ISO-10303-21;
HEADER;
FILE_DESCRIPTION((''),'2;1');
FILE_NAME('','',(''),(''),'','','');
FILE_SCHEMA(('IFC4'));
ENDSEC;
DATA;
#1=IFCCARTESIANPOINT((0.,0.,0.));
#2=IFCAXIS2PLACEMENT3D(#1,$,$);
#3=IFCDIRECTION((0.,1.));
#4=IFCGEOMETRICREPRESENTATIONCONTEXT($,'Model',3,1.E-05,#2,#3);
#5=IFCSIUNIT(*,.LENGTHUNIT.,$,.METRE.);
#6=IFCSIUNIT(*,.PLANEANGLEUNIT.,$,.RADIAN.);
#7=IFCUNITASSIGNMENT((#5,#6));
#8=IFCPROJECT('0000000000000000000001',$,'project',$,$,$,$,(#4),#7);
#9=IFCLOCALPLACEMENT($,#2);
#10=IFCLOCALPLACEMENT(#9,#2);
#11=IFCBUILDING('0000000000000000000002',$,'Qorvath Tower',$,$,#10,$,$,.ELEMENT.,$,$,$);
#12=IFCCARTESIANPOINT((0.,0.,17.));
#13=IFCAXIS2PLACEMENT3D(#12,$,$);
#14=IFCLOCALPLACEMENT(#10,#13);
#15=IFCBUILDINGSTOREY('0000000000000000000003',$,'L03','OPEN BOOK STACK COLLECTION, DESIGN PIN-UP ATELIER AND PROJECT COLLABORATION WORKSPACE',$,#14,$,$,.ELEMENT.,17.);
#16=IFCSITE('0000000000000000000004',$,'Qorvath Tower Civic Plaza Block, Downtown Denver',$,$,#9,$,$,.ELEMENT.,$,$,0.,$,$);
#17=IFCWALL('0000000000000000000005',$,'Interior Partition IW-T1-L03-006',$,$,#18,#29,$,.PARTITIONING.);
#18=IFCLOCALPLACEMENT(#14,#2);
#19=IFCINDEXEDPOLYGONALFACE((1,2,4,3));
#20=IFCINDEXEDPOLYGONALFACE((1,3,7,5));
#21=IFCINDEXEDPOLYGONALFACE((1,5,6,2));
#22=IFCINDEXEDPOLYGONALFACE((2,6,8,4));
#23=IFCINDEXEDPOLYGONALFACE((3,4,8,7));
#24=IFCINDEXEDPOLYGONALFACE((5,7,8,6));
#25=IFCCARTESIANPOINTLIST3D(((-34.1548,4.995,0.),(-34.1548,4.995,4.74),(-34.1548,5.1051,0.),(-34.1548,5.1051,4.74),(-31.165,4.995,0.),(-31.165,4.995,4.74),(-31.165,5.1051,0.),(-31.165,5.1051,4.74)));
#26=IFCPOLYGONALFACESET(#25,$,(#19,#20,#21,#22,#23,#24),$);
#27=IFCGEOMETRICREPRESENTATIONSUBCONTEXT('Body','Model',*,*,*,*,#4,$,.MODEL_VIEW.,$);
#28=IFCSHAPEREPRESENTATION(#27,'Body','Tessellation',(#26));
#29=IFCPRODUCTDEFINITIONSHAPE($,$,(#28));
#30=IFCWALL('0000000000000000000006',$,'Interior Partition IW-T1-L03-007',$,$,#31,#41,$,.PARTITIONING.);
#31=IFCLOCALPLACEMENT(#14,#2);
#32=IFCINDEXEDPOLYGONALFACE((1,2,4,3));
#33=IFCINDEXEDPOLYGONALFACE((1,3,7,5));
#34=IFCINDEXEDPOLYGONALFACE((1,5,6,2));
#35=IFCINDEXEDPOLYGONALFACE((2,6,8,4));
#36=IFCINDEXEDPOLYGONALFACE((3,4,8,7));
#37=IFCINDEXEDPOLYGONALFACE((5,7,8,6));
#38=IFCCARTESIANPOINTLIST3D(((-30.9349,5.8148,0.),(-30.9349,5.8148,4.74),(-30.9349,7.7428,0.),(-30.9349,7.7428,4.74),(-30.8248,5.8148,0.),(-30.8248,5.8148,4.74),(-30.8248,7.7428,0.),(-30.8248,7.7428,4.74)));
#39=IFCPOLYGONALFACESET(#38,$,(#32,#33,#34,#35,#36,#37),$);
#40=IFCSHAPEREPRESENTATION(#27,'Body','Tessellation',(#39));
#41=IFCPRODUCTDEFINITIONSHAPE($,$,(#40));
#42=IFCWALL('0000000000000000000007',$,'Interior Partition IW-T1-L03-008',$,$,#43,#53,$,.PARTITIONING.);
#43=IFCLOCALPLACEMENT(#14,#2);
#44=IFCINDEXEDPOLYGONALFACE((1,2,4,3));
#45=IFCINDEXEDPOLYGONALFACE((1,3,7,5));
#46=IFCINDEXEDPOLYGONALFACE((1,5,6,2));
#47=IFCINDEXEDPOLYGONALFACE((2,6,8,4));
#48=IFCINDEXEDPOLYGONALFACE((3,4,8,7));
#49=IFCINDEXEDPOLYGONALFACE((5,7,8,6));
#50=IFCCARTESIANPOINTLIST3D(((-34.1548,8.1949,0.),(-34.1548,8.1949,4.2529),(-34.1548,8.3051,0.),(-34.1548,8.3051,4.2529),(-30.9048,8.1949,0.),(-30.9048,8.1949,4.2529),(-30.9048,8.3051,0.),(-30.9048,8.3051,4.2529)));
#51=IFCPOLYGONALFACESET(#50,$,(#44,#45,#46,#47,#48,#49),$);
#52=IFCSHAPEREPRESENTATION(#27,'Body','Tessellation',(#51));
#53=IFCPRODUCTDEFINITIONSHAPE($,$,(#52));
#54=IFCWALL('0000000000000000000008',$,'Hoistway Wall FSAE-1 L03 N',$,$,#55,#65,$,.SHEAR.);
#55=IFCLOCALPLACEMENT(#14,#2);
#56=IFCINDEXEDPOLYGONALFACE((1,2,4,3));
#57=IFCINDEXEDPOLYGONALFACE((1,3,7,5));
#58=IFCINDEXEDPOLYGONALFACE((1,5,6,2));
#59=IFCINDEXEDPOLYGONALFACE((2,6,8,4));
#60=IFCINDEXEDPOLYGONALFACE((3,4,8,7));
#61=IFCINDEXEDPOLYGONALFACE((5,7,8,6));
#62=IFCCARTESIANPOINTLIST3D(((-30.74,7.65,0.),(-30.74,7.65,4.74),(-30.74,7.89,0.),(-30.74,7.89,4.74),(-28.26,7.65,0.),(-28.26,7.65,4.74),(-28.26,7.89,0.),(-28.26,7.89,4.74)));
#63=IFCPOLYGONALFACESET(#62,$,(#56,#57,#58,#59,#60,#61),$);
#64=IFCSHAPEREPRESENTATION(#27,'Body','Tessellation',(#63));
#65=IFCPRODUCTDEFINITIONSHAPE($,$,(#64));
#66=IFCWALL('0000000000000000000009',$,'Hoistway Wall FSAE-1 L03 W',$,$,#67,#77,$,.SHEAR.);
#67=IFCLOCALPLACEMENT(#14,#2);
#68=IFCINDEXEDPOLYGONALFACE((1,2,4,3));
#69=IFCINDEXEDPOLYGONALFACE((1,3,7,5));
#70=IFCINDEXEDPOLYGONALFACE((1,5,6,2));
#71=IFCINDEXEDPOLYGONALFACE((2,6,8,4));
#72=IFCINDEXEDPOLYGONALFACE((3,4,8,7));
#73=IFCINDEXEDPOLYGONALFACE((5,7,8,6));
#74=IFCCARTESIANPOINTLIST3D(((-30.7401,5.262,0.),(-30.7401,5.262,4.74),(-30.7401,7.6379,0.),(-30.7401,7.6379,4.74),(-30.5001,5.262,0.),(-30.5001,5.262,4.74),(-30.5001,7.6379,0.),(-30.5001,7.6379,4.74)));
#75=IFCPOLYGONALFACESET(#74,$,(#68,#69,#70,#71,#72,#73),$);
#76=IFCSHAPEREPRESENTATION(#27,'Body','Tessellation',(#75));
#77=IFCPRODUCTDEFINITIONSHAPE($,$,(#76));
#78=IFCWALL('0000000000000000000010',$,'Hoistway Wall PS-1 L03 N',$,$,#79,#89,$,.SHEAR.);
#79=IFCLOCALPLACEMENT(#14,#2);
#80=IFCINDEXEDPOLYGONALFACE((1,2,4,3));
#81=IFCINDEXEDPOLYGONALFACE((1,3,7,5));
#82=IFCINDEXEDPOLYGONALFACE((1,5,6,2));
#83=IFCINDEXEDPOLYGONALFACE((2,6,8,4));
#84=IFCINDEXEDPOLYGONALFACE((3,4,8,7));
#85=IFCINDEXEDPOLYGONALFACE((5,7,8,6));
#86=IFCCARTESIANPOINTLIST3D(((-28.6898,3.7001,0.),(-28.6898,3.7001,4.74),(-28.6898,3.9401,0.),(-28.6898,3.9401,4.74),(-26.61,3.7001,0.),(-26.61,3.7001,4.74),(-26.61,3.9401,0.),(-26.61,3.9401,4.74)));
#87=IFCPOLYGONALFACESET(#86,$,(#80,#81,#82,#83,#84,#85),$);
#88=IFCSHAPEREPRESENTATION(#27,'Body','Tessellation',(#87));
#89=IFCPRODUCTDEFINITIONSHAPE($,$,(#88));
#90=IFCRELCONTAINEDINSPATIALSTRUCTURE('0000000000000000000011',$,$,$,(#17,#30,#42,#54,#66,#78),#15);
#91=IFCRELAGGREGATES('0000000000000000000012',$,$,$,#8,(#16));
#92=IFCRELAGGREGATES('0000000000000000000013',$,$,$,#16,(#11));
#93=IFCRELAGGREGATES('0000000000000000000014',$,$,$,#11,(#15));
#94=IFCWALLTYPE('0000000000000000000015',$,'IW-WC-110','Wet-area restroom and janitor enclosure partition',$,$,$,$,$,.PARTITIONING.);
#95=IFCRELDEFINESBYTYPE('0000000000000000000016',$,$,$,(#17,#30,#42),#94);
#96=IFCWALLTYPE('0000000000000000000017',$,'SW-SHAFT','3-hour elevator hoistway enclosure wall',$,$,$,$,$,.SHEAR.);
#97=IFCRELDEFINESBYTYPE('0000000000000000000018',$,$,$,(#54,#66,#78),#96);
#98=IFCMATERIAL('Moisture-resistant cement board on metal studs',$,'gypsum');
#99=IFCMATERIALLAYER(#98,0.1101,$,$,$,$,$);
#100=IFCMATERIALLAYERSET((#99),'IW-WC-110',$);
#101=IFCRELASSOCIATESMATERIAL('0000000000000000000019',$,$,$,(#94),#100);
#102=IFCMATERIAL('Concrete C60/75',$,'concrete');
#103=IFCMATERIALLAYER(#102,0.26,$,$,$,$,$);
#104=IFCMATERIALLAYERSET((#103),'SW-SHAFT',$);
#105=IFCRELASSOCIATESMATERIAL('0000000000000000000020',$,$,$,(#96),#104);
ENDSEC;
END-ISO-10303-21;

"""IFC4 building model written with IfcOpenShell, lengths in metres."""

from ifc_helpers import new_model, si_unit, direction, frame, frame_2d, origin, place, context, subcontext, project, spatial, rectangle, extrude, material, layer, layer_set, type_object, element, save


model = new_model("IFC4")

# Units and contexts
model_context = context("Model", 3, precision=1e-05, world=origin(), true_north=direction((0.0, 1.0)))
body_context = subcontext(model_context, "Body", "Model", "MODEL_VIEW")
ifc_project = project(units=[si_unit("LENGTHUNIT", "METRE"), si_unit("PLANEANGLEUNIT", "RADIAN")], contexts=[model_context])

# Site, building, storey
site_placement = place(None, origin())
site = spatial("IfcSite", under=ifc_project, at=site_placement, Name="Qorvath Tower Civic Plaza Block, Downtown Denver", CompositionType="ELEMENT", RefElevation=0.0)
building_placement = place(site_placement, origin())
building = spatial("IfcBuilding", under=site, at=building_placement, Name="Qorvath Tower", CompositionType="ELEMENT")
storey_placement = place(building_placement, frame((0.0, 0.0, 17.0)))
storey = spatial("IfcBuildingStorey", under=building, at=storey_placement, Name="L03", Description="OPEN BOOK STACK COLLECTION, DESIGN PIN-UP ATELIER AND PROJECT COLLABORATION WORKSPACE", CompositionType="ELEMENT", Elevation=17.0)

# Walls
ifc_material_1 = material(Name="Moisture-resistant cement board on metal studs", Category="gypsum")
ifc_layer_1 = layer(ifc_material_1, 0.1101)
ifc_layer_set_1 = layer_set([ifc_layer_1], Name="IW-WC-110")
wall_type_1 = type_object("IfcWallType", Name="IW-WC-110", Description="Wet-area restroom and janitor enclosure partition", PredefinedType="PARTITIONING", material=ifc_layer_set_1)
wall_1_placement = place(storey_placement, frame((-34.1548, 5.05, 0.0), z_axis=(0.0, 0.0, 1.0), x_axis=(1.0, 0.0, 0.0)))
element("IfcWall", 1, at=wall_1_placement, inside=storey, type_object=wall_type_1, Name="Interior Partition IW-T1-L03-006", PredefinedType="PARTITIONING", context=body_context, shape_type="SweptSolid", body=[
    extrude(rectangle(XDim=2.9897, YDim=0.1101, at=frame_2d((1.4949, 0.0))), origin(), (0.0, 0.0, 1.0), 4.74),
])
wall_2_placement = place(storey_placement, frame((-30.8799, 5.8149, 0.0), z_axis=(0.0, 0.0, 1.0), x_axis=(0.0, 1.0, 0.0)))
element("IfcWall", 2, at=wall_2_placement, inside=storey, type_object=wall_type_1, Name="Interior Partition IW-T1-L03-007", PredefinedType="PARTITIONING", context=body_context, shape_type="SweptSolid", body=[
    extrude(rectangle(XDim=1.928, YDim=0.1101, at=frame_2d((0.9639, 0.0))), origin(), (0.0, 0.0, 1.0), 4.74),
])
wall_3_placement = place(storey_placement, frame((-30.9048, 8.25, 0.0), z_axis=(0.0, 0.0, 1.0), x_axis=(-1.0, 0.0, 0.0)))
element("IfcWall", 3, at=wall_3_placement, inside=storey, type_object=wall_type_1, Name="Interior Partition IW-T1-L03-008", PredefinedType="PARTITIONING", context=body_context, shape_type="SweptSolid", body=[
    extrude(rectangle(XDim=3.25, YDim=0.1101, at=frame_2d((1.625, 0.0))), origin(), (0.0, 0.0, 1.0), 4.2529),
])
ifc_material_2 = material(Name="Concrete C60/75", Category="concrete")
ifc_layer_2 = layer(ifc_material_2, 0.26)
ifc_layer_set_2 = layer_set([ifc_layer_2], Name="SW-SHAFT")
wall_type_2 = type_object("IfcWallType", Name="SW-SHAFT", Description="3-hour elevator hoistway enclosure wall", PredefinedType="SHEAR", material=ifc_layer_set_2)
wall_4_placement = place(storey_placement, frame((-30.74, 7.77, 0.0), z_axis=(0.0, 0.0, 1.0), x_axis=(1.0, 0.0, 0.0)))
element("IfcWall", 4, at=wall_4_placement, inside=storey, type_object=wall_type_2, Name="Hoistway Wall FSAE-1 L03 N", PredefinedType="SHEAR", context=body_context, shape_type="SweptSolid", body=[
    extrude(rectangle(XDim=2.48, YDim=0.24, at=frame_2d((1.24, 0.0))), origin(), (0.0, 0.0, 1.0), 4.74),
])
wall_5_placement = place(storey_placement, frame((-30.6201, 5.262, 0.0), z_axis=(0.0, 0.0, 1.0), x_axis=(0.0, 1.0, 0.0)))
element("IfcWall", 5, at=wall_5_placement, inside=storey, type_object=wall_type_2, Name="Hoistway Wall FSAE-1 L03 W", PredefinedType="SHEAR", context=body_context, shape_type="SweptSolid", body=[
    extrude(rectangle(XDim=2.376, YDim=0.24, at=frame_2d((1.188, 0.0))), origin(), (0.0, 0.0, 1.0), 4.74),
])
wall_6_placement = place(storey_placement, frame((-28.6899, 3.8201, 0.0), z_axis=(0.0, 0.0, 1.0), x_axis=(1.0, 0.0, 0.0)))
element("IfcWall", 6, at=wall_6_placement, inside=storey, type_object=wall_type_2, Name="Hoistway Wall PS-1 L03 N", PredefinedType="SHEAR", context=body_context, shape_type="SweptSolid", body=[
    extrude(rectangle(XDim=2.0798, YDim=0.24, at=frame_2d((1.04, 0.0))), origin(), (0.0, 0.0, 1.0), 4.74),
])

save(model, "model.ifc")
